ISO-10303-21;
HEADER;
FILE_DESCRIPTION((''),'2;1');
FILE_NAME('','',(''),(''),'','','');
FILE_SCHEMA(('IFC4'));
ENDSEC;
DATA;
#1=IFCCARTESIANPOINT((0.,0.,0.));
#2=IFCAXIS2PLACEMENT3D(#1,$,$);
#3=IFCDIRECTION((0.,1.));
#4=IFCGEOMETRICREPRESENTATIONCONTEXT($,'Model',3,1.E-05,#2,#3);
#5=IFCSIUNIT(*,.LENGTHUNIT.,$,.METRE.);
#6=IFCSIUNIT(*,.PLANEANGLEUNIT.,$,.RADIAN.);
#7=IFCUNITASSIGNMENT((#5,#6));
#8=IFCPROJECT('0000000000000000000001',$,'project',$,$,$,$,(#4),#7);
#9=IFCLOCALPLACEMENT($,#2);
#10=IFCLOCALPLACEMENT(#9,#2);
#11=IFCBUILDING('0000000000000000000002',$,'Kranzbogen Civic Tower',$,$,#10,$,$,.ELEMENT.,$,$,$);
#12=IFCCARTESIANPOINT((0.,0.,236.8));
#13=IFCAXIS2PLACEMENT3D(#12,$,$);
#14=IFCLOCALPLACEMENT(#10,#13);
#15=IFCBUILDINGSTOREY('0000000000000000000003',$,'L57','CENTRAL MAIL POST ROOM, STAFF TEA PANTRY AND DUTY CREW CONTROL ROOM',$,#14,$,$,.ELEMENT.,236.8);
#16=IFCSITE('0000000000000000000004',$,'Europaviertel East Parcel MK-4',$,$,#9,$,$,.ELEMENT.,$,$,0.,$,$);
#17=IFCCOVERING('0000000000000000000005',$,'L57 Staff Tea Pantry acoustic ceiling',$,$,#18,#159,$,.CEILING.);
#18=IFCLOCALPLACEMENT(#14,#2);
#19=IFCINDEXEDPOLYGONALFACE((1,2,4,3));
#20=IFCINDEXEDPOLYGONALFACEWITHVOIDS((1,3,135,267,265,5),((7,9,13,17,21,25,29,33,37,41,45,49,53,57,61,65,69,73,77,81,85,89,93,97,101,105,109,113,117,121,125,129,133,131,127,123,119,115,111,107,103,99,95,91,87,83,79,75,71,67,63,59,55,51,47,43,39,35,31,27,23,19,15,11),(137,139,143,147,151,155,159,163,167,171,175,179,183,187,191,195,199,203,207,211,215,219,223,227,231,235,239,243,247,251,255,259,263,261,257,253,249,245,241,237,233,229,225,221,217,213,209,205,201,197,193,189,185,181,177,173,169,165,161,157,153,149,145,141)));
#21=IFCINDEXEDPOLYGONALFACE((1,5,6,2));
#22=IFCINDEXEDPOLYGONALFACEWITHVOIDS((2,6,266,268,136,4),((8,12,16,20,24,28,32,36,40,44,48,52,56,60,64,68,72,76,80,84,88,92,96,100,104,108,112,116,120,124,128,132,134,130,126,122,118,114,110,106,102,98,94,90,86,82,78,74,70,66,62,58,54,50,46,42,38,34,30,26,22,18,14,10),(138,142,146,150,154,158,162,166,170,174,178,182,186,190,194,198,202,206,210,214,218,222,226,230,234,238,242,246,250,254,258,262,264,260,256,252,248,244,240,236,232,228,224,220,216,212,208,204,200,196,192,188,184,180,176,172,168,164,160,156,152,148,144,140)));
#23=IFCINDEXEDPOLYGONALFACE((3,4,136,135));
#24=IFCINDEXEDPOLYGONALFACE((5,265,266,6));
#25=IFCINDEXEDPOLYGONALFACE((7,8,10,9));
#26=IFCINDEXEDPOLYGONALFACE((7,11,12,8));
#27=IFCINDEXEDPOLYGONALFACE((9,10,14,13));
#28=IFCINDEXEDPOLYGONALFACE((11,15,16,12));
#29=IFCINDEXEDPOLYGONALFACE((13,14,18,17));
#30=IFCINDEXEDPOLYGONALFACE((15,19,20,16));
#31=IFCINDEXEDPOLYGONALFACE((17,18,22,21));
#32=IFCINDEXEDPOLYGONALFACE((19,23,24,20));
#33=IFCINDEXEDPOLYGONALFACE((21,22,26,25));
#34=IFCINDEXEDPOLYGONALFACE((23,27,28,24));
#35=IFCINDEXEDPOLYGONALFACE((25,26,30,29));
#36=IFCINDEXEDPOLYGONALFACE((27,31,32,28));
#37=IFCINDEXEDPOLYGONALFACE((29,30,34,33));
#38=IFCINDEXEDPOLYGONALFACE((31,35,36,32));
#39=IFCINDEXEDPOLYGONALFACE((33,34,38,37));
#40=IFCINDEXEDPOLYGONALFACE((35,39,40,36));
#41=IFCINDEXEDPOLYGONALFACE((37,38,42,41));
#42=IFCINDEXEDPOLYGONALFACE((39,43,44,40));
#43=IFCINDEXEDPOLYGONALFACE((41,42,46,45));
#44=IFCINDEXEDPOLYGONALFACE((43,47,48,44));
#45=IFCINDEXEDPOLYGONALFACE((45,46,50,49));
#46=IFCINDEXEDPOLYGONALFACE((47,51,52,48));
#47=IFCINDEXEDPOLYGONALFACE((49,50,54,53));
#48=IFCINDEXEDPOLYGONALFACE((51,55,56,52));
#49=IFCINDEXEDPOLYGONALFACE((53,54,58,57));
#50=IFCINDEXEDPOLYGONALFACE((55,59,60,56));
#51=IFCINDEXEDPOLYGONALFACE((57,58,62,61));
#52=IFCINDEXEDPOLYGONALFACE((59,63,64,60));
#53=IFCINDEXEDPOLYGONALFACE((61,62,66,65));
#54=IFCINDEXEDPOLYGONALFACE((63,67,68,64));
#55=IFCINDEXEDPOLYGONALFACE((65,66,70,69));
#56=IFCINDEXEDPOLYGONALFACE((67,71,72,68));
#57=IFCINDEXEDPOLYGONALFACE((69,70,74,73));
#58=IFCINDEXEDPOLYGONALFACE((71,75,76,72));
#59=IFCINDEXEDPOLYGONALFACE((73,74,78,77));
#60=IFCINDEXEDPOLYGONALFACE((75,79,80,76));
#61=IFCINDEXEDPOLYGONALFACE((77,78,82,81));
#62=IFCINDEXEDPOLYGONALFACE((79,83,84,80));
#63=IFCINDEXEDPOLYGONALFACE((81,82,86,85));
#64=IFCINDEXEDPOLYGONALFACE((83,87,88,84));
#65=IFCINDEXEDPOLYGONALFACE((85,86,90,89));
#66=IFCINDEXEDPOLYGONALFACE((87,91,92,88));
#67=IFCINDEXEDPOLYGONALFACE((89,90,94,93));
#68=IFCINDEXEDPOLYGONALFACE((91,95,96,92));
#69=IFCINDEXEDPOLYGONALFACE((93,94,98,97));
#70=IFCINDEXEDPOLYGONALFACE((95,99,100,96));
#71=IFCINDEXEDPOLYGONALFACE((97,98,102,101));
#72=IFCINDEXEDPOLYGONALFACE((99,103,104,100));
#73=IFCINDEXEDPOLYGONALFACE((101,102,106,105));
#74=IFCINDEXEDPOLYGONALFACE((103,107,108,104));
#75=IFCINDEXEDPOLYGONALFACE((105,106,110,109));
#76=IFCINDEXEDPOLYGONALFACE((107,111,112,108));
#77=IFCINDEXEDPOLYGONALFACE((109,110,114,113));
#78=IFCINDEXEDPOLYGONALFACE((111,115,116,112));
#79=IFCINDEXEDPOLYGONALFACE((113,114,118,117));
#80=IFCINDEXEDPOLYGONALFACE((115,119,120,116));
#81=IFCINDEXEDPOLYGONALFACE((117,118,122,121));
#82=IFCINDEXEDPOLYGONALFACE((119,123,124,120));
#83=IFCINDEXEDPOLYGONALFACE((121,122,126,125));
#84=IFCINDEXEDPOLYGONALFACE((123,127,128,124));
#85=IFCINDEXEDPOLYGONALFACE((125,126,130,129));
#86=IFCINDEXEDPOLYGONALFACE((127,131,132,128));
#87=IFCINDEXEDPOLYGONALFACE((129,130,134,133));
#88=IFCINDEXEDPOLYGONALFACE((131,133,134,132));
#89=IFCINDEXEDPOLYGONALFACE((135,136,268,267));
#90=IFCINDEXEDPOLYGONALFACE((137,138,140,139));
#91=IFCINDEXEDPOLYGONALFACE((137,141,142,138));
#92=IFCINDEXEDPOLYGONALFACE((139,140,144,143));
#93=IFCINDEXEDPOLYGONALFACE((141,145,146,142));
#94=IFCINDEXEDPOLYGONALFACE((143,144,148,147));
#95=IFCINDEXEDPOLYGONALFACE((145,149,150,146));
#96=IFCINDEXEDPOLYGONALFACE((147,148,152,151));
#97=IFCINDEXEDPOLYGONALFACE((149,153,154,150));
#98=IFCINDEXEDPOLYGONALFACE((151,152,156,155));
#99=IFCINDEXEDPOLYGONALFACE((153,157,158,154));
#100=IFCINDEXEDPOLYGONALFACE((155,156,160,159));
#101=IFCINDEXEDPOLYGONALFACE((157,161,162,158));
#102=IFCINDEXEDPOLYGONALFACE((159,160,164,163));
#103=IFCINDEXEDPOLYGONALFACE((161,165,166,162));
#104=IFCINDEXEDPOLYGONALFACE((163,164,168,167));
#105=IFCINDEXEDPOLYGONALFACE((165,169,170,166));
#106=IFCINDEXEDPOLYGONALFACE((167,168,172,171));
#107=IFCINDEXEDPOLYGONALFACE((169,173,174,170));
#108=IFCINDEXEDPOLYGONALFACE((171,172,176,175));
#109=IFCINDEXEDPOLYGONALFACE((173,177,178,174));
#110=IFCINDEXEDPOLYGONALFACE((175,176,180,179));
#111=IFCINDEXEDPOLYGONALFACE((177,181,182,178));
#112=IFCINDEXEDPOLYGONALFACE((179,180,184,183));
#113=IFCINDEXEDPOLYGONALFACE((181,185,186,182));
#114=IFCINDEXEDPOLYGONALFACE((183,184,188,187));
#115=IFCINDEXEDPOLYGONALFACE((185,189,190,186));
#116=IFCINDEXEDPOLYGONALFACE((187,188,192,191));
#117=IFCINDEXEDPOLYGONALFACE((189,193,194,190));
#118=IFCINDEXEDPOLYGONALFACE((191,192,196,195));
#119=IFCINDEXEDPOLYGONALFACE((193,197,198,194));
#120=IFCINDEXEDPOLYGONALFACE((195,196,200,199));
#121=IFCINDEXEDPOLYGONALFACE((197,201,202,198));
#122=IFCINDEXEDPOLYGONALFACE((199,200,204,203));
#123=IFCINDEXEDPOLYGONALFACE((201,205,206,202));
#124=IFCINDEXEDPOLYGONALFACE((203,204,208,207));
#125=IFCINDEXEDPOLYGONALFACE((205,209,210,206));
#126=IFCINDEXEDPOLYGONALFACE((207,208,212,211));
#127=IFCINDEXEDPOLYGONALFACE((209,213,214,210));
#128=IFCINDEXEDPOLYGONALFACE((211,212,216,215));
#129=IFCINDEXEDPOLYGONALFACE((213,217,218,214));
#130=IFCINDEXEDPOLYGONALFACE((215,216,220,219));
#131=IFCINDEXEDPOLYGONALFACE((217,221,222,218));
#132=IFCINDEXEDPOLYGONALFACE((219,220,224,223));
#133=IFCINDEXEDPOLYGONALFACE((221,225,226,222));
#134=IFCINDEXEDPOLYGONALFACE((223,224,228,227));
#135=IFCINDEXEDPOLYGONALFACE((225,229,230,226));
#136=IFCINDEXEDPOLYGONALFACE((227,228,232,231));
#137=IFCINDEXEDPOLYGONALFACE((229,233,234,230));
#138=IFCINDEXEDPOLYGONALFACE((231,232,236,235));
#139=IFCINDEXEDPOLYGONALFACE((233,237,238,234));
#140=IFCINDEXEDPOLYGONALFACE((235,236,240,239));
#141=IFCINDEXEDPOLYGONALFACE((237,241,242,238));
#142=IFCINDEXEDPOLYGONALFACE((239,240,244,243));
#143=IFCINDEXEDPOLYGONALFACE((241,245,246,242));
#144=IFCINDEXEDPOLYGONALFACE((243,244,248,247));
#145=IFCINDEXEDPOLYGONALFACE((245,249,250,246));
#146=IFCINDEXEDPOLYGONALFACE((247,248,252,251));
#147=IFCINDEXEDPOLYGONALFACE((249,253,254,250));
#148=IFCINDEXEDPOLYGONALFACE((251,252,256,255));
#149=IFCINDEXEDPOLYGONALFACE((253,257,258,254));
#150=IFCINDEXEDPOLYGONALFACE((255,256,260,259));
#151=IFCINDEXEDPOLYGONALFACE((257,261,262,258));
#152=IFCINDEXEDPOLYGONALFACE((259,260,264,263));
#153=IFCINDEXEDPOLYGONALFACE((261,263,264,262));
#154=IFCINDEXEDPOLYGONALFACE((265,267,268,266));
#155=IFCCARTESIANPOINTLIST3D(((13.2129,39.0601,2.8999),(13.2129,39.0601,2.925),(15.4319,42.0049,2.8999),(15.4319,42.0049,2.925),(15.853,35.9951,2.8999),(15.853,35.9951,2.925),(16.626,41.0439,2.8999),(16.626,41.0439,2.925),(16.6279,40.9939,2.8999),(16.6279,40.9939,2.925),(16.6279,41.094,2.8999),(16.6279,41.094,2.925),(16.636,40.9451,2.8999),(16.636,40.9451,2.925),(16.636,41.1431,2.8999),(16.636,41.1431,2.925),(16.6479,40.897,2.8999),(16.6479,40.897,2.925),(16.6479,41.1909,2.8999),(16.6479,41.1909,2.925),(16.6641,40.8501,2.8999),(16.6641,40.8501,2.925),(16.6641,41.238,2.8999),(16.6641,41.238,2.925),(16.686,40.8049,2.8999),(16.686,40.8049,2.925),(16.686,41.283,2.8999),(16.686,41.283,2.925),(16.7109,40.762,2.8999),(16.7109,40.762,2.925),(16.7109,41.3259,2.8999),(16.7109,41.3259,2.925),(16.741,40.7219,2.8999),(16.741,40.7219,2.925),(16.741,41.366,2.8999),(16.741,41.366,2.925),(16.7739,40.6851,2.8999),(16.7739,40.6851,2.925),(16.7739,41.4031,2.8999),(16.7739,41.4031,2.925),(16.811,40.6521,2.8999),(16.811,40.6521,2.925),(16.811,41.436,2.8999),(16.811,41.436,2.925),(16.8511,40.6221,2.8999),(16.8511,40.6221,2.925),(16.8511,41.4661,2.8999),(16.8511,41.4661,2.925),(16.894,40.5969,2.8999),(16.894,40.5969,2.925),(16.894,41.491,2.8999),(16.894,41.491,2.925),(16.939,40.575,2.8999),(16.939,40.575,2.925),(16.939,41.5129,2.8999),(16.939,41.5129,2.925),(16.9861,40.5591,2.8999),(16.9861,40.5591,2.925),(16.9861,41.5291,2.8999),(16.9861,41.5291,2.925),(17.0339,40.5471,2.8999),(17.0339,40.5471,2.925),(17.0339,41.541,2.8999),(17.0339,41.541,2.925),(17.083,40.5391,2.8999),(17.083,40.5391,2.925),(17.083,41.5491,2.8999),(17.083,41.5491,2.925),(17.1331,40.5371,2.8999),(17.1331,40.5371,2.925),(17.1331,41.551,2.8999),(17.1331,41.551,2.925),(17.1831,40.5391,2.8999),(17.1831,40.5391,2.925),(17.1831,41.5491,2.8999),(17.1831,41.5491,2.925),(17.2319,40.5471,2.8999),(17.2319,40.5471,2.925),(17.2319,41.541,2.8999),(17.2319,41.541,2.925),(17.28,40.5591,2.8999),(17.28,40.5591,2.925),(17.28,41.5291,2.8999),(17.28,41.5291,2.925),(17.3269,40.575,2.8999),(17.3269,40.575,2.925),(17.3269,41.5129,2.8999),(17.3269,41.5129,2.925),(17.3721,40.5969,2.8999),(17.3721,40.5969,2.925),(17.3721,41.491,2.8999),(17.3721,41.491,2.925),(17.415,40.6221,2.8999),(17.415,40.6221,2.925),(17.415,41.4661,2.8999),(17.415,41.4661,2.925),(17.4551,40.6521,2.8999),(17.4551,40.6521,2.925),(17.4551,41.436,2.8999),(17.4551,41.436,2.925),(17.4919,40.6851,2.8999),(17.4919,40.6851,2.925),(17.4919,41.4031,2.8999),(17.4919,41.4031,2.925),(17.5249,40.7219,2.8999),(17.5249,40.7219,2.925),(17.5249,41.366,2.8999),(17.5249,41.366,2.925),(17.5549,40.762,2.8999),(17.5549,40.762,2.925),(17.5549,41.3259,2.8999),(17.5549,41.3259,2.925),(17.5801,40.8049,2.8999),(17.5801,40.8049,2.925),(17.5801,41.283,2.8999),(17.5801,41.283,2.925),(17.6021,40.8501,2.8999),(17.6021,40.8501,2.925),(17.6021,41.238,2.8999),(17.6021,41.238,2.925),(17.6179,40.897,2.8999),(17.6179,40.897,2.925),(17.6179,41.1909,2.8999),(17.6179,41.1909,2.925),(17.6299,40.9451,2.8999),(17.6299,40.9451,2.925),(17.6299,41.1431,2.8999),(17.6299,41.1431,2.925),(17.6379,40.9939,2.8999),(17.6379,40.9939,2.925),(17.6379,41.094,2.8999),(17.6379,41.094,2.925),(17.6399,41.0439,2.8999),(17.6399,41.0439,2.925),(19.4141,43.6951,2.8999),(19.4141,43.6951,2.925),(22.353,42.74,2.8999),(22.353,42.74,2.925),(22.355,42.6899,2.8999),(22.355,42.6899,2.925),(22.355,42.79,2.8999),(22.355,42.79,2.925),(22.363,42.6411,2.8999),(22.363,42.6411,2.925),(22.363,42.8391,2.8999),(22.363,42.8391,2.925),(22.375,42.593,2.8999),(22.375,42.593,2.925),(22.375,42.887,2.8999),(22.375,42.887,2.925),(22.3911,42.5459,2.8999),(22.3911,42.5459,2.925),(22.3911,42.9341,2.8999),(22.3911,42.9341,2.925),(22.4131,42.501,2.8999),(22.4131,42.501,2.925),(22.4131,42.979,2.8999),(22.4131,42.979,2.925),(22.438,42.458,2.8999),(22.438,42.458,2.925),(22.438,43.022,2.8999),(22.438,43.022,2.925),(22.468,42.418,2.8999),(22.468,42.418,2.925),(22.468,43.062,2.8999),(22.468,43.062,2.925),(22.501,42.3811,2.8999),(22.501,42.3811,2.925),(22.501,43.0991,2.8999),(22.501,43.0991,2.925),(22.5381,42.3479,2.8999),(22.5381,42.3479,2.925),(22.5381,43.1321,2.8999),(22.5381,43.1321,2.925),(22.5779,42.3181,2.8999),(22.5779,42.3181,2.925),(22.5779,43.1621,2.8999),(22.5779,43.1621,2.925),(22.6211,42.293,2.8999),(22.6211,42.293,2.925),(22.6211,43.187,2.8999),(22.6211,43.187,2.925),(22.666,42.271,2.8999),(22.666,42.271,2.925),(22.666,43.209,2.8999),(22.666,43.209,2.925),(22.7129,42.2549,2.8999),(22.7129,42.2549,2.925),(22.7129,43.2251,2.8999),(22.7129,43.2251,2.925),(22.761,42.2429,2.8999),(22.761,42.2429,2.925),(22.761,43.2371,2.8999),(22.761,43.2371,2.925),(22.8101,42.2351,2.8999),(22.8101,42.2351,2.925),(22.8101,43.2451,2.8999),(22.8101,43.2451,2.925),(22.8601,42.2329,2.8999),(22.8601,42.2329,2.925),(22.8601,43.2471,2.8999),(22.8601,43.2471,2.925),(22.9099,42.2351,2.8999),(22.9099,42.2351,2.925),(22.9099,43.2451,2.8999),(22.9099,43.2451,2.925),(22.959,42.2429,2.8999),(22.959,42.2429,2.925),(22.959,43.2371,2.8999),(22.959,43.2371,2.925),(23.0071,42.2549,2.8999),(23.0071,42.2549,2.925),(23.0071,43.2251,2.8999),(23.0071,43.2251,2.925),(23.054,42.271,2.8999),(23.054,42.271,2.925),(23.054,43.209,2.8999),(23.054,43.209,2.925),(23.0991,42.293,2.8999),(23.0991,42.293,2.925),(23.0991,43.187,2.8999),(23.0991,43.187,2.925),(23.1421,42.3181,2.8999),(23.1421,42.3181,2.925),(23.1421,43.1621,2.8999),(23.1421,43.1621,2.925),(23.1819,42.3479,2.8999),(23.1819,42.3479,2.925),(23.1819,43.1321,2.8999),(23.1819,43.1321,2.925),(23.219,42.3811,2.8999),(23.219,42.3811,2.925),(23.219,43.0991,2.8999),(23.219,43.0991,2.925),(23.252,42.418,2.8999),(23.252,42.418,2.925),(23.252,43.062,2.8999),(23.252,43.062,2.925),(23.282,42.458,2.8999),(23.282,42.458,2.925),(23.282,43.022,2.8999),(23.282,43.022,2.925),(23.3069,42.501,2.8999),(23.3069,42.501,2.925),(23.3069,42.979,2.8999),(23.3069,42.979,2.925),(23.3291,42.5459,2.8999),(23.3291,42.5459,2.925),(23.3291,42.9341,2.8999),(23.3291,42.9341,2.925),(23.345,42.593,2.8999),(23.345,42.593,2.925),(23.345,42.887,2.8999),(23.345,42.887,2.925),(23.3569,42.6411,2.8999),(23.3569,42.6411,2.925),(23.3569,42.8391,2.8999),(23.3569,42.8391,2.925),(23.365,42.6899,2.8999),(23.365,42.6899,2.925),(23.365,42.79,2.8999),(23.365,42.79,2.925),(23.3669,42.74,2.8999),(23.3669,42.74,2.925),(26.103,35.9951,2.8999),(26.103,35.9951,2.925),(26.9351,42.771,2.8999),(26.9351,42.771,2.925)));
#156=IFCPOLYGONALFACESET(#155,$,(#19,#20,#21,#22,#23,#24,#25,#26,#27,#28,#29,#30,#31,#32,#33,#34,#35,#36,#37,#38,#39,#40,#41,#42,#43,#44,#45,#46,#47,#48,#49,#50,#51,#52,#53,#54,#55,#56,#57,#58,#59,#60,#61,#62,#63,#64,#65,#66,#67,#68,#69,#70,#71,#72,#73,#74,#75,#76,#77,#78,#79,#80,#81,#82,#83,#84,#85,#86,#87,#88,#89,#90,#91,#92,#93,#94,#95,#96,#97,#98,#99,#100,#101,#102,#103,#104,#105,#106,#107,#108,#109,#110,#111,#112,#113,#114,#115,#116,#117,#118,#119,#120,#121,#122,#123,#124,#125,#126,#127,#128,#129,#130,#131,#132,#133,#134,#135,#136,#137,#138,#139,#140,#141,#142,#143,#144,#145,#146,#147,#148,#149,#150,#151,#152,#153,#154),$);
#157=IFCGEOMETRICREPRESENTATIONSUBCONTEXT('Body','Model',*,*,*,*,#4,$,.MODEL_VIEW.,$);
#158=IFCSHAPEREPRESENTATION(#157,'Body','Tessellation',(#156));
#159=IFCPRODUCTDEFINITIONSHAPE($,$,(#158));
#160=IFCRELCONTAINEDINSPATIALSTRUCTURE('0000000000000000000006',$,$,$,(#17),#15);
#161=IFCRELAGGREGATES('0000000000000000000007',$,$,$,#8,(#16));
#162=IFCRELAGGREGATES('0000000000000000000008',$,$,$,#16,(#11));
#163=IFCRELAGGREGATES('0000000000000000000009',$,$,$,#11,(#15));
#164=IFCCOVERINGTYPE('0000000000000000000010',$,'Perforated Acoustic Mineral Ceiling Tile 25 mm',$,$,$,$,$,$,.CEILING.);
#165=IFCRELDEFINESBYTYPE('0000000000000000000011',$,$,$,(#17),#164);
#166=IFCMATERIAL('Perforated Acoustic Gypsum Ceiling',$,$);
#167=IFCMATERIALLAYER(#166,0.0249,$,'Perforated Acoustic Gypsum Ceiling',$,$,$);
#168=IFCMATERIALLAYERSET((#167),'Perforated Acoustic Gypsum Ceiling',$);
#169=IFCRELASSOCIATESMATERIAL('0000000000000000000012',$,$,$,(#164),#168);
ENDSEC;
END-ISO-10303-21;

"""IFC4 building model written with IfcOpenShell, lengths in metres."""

from ifc_helpers import new_model, si_unit, direction, frame, origin, place, context, subcontext, project, spatial, polyline, outline, extrude, material, layer, layer_set, type_object, element, save


model = new_model("IFC4")

# Units and contexts
model_context = context("Model", 3, precision=1e-05, world=origin(), true_north=direction((0.0, 1.0)))
body_context = subcontext(model_context, "Body", "Model", "MODEL_VIEW")
ifc_project = project(units=[si_unit("LENGTHUNIT", "METRE"), si_unit("PLANEANGLEUNIT", "RADIAN")], contexts=[model_context])

# Site, building, storey
site_placement = place(None, origin())
site = spatial("IfcSite", under=ifc_project, at=site_placement, Name="Europaviertel East Parcel MK-4", CompositionType="ELEMENT", RefElevation=0.0)
building_placement = place(site_placement, origin())
building = spatial("IfcBuilding", under=site, at=building_placement, Name="Kranzbogen Civic Tower", CompositionType="ELEMENT")
storey_placement = place(building_placement, frame((0.0, 0.0, 236.8)))
storey = spatial("IfcBuildingStorey", under=building, at=storey_placement, Name="L57", Description="CENTRAL MAIL POST ROOM, STAFF TEA PANTRY AND DUTY CREW CONTROL ROOM", CompositionType="ELEMENT", Elevation=236.8)

# Covering
ifc_material_1 = material(Name="Perforated Acoustic Gypsum Ceiling")
ifc_layer_1 = layer(ifc_material_1, 0.0249, Name="Perforated Acoustic Gypsum Ceiling")
ifc_layer_set_1 = layer_set([ifc_layer_1], Name="Perforated Acoustic Gypsum Ceiling")
covering_type = type_object("IfcCoveringType", Name="Perforated Acoustic Mineral Ceiling Tile 25 mm", PredefinedType="CEILING", material=ifc_layer_set_1)
covering_1_placement = place(storey_placement, frame((0.0, 0.0, 2.8999)))
element("IfcCovering", 1, at=covering_1_placement, inside=storey, type_object=covering_type, Name="L57 Staff Tea Pantry acoustic ceiling", PredefinedType="CEILING", context=body_context, shape_type="SweptSolid", body=[
    extrude(outline(polyline([(19.4141, 43.6951), (26.9351, 42.771), (26.103, 35.9951), (15.853, 35.9951), (13.2129, 39.0601), (15.4319, 42.0049), (19.4141, 43.6951)]), holes=[polyline([(17.6021, 40.8501), (17.5801, 40.8049), (17.5549, 40.762), (17.5249, 40.7219), (17.4919, 40.6851), (17.4551, 40.6521), (17.415, 40.6221), (17.3721, 40.5969), (17.3269, 40.575), (17.28, 40.5591), (17.2319, 40.5471), (17.1831, 40.5391), (17.1331, 40.5371), (17.083, 40.5391), (17.0339, 40.5471), (16.9861, 40.5591), (16.939, 40.575), (16.894, 40.5969), (16.8511, 40.6221), (16.811, 40.6521), (16.7739, 40.6851), (16.741, 40.7219), (16.7109, 40.762), (16.686, 40.8049), (16.6641, 40.8501), (16.6479, 40.897), (16.636, 40.9451), (16.6279, 40.9939), (16.626, 41.0439), (16.6279, 41.094), (16.636, 41.1431), (16.6479, 41.1909), (16.6641, 41.238), (16.686, 41.283), (16.7109, 41.3259), (16.741, 41.366), (16.7739, 41.4031), (16.811, 41.436), (16.8511, 41.4661), (16.894, 41.491), (16.939, 41.5129), (16.9861, 41.5291), (17.0339, 41.541), (17.083, 41.5491), (17.1331, 41.551), (17.1831, 41.5491), (17.2319, 41.541), (17.28, 41.5291), (17.3269, 41.5129), (17.3721, 41.491), (17.415, 41.4661), (17.4551, 41.436), (17.4919, 41.4031), (17.5249, 41.366), (17.5549, 41.3259), (17.5801, 41.283), (17.6021, 41.238), (17.6179, 41.1909), (17.6299, 41.1431), (17.6379, 41.094), (17.6399, 41.0439), (17.6379, 40.9939), (17.6299, 40.9451), (17.6179, 40.897), (17.6021, 40.8501)]), polyline([(23.3291, 42.5459), (23.3069, 42.501), (23.282, 42.458), (23.252, 42.418), (23.219, 42.3811), (23.1819, 42.3479), (23.1421, 42.3181), (23.0991, 42.293), (23.054, 42.271), (23.0071, 42.2549), (22.959, 42.2429), (22.9099, 42.2351), (22.8601, 42.2329), (22.8101, 42.2351), (22.761, 42.2429), (22.7129, 42.2549), (22.666, 42.271), (22.6211, 42.293), (22.5779, 42.3181), (22.5381, 42.3479), (22.501, 42.3811), (22.468, 42.418), (22.438, 42.458), (22.4131, 42.501), (22.3911, 42.5459), (22.375, 42.593), (22.363, 42.6411), (22.355, 42.6899), (22.353, 42.74), (22.355, 42.79), (22.363, 42.8391), (22.375, 42.887), (22.3911, 42.9341), (22.4131, 42.979), (22.438, 43.022), (22.468, 43.062), (22.501, 43.0991), (22.5381, 43.1321), (22.5779, 43.1621), (22.6211, 43.187), (22.666, 43.209), (22.7129, 43.2251), (22.761, 43.2371), (22.8101, 43.2451), (22.8601, 43.2471), (22.9099, 43.2451), (22.959, 43.2371), (23.0071, 43.2251), (23.054, 43.209), (23.0991, 43.187), (23.1421, 43.1621), (23.1819, 43.1321), (23.219, 43.0991), (23.252, 43.062), (23.282, 43.022), (23.3069, 42.979), (23.3291, 42.9341), (23.345, 42.887), (23.3569, 42.8391), (23.365, 42.79), (23.3669, 42.74), (23.365, 42.6899), (23.3569, 42.6411), (23.345, 42.593), (23.3291, 42.5459)])]), origin(), (0.0, 0.0, 1.0), 0.0251),
])

save(model, "model.ifc")
